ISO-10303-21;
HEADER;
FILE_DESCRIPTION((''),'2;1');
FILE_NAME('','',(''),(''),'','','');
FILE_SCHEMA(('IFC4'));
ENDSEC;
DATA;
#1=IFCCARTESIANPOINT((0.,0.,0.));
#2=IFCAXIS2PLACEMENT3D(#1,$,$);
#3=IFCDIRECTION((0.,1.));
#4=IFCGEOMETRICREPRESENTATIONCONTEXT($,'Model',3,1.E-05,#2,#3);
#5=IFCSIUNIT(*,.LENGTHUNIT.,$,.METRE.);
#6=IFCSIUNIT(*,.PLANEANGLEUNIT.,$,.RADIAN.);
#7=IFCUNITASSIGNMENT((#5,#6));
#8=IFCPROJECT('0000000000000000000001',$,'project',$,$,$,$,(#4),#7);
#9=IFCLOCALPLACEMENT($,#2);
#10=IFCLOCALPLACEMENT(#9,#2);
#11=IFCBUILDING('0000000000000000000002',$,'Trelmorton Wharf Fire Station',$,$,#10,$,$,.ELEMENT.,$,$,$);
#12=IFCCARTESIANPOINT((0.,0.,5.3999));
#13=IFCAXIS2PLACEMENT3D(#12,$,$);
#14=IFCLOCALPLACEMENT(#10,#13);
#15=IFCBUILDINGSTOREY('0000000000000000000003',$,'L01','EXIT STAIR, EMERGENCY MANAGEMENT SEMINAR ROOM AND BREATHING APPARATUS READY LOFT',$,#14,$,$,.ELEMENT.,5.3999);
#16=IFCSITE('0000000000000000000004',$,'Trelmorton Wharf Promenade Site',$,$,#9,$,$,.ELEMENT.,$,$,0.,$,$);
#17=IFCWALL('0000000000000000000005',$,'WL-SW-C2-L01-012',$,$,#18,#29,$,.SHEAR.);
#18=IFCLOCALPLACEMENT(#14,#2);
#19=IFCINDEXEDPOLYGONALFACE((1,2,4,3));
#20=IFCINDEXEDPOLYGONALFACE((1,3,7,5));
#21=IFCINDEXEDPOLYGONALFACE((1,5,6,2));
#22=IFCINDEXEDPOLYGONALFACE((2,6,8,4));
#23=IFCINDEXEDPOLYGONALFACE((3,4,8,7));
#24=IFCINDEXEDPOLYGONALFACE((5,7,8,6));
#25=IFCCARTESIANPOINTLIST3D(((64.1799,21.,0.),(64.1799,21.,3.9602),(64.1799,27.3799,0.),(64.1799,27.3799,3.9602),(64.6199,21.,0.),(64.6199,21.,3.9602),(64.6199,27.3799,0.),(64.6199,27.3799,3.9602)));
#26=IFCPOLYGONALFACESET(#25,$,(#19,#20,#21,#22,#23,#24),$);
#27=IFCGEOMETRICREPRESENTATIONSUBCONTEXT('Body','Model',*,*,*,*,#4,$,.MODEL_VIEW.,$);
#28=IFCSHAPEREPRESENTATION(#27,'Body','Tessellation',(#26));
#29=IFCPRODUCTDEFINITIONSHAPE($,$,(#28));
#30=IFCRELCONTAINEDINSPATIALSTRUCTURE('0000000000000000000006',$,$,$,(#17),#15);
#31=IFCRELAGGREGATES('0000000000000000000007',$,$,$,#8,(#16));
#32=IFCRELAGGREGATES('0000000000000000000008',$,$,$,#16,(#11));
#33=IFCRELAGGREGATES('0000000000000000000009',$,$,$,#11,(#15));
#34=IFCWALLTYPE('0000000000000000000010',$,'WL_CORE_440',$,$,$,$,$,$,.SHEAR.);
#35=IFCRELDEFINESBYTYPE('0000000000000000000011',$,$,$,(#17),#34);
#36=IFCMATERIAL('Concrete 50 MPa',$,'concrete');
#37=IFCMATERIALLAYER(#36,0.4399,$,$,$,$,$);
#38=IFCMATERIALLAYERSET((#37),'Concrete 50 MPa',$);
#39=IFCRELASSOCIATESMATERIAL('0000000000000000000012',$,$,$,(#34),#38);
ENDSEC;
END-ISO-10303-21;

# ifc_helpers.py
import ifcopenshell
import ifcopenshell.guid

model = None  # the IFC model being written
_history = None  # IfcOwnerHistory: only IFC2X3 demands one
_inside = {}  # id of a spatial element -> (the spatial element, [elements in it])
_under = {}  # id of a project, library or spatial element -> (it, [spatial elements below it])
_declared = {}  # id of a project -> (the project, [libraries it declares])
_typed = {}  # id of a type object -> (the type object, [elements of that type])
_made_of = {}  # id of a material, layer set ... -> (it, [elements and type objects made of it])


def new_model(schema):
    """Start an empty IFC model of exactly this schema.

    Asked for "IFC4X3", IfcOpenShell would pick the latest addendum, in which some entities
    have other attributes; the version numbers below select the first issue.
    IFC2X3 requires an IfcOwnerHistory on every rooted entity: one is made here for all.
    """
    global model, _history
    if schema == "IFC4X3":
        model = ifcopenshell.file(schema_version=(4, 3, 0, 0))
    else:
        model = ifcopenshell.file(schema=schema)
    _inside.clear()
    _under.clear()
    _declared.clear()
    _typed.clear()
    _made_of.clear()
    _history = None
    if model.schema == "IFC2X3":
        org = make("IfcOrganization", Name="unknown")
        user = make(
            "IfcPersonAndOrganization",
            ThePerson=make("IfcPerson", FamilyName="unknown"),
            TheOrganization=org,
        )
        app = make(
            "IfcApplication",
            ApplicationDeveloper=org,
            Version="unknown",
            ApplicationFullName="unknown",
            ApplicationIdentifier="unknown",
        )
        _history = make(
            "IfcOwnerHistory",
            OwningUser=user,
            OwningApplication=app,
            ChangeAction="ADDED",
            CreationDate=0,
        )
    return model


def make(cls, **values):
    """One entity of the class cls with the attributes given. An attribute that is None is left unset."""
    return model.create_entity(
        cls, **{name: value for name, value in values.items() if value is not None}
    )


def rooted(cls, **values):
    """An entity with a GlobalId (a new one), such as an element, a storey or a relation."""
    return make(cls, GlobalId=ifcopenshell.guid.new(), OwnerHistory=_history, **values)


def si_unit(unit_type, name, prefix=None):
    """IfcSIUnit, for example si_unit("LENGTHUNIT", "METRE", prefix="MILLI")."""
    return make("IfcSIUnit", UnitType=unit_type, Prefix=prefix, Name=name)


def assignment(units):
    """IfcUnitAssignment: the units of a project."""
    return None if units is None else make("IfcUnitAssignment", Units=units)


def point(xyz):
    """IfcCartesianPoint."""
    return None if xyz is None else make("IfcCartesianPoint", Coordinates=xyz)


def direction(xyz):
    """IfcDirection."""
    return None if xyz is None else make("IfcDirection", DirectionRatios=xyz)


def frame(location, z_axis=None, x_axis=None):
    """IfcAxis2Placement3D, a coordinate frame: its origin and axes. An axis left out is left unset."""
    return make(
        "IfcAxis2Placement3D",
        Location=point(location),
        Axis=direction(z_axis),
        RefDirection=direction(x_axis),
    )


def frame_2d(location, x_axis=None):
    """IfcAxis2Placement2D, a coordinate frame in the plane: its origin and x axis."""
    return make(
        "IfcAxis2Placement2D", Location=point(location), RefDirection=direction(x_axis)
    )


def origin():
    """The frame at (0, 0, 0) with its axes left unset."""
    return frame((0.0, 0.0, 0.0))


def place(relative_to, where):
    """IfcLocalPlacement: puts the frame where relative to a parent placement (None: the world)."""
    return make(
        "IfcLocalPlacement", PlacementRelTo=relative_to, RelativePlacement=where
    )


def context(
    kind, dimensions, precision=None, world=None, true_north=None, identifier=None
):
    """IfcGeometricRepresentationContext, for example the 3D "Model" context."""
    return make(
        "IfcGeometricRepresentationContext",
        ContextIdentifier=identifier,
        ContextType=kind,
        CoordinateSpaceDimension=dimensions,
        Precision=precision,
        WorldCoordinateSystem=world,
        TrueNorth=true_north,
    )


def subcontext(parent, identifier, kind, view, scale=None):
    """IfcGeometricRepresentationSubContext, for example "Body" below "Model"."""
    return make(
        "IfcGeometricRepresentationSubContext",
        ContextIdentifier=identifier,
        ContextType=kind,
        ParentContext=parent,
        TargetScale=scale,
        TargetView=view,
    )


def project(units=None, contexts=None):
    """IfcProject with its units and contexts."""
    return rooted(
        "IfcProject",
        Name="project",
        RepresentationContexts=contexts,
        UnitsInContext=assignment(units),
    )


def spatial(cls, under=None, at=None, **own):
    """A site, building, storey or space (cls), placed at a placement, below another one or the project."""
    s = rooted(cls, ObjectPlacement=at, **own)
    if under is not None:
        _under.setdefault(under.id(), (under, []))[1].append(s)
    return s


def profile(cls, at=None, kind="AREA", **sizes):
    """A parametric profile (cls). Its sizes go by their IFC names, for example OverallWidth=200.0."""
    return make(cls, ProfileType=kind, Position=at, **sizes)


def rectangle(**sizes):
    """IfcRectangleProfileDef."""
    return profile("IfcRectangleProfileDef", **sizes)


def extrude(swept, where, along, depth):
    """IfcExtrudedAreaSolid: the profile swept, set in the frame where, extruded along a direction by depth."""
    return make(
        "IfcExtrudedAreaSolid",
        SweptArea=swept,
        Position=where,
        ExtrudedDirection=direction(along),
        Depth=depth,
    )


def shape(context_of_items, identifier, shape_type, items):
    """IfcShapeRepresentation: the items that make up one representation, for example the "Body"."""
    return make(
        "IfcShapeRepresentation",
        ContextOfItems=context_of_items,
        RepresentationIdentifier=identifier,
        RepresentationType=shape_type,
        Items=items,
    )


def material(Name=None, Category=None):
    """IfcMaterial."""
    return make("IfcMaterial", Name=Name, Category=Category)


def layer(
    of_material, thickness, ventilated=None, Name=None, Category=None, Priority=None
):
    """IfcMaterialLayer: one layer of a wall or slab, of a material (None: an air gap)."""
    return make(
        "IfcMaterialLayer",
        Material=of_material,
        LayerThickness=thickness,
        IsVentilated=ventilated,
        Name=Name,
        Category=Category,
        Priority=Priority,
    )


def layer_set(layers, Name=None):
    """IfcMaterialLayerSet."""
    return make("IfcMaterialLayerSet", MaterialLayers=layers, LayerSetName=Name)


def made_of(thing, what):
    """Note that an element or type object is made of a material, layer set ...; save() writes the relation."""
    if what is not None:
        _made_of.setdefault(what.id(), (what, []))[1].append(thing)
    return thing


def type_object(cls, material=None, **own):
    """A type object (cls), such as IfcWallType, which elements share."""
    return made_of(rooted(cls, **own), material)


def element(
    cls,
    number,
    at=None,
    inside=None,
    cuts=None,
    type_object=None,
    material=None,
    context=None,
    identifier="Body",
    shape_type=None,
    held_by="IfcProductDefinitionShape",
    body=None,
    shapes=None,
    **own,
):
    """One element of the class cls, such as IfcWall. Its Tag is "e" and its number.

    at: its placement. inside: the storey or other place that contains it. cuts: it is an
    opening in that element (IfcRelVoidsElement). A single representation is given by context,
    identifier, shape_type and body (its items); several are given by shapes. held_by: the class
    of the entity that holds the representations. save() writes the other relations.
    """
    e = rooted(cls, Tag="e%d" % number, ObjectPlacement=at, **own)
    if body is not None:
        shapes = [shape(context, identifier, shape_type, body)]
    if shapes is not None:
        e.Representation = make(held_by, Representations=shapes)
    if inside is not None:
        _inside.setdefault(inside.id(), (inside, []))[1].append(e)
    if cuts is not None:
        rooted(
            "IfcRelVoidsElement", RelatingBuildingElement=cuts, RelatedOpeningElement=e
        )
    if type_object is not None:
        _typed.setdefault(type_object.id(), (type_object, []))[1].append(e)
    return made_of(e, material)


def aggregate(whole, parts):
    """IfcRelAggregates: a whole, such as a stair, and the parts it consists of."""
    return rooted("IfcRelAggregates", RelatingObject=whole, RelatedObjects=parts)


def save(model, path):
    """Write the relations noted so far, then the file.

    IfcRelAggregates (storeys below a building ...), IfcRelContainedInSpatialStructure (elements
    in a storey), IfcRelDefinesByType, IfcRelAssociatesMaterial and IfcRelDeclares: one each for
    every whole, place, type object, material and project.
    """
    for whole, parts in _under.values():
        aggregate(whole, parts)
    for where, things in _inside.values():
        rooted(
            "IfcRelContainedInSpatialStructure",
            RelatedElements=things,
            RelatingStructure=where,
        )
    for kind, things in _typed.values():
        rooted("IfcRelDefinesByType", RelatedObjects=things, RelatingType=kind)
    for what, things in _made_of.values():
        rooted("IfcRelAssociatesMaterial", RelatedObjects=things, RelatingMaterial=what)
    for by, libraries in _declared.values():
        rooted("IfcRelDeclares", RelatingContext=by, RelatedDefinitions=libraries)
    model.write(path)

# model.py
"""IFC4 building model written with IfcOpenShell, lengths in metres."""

from ifc_helpers import new_model, si_unit, direction, frame, frame_2d, origin, place, context, subcontext, project, spatial, rectangle, extrude, material, layer, layer_set, type_object, element, save


model = new_model("IFC4")

# Units and contexts
model_context = context("Model", 3, precision=1e-05, world=origin(), true_north=direction((0.0, 1.0)))
body_context = subcontext(model_context, "Body", "Model", "MODEL_VIEW")
ifc_project = project(units=[si_unit("LENGTHUNIT", "METRE"), si_unit("PLANEANGLEUNIT", "RADIAN")], contexts=[model_context])

# Site, building, storey
site_placement = place(None, origin())
site = spatial("IfcSite", under=ifc_project, at=site_placement, Name="Trelmorton Wharf Promenade Site", CompositionType="ELEMENT", RefElevation=0.0)
building_placement = place(site_placement, origin())
building = spatial("IfcBuilding", under=site, at=building_placement, Name="Trelmorton Wharf Fire Station", CompositionType="ELEMENT")
storey_placement = place(building_placement, frame((0.0, 0.0, 5.3999)))
storey = spatial("IfcBuildingStorey", under=building, at=storey_placement, Name="L01", Description="EXIT STAIR, EMERGENCY MANAGEMENT SEMINAR ROOM AND BREATHING APPARATUS READY LOFT", CompositionType="ELEMENT", Elevation=5.3999)

# Wall
ifc_material_1 = material(Name="Concrete 50 MPa", Category="concrete")
ifc_layer_1 = layer(ifc_material_1, 0.4399)
ifc_layer_set_1 = layer_set([ifc_layer_1], Name="Concrete 50 MPa")
wall_type_1 = type_object("IfcWallType", Name="WL_CORE_440", PredefinedType="SHEAR", material=ifc_layer_set_1)
wall_1_placement = place(storey_placement, frame((64.3999, 21.0, 0.0), z_axis=(0.0, 0.0, 1.0), x_axis=(0.0, 1.0, 0.0)))
element("IfcWall", 1, at=wall_1_placement, inside=storey, type_object=wall_type_1, Name="WL-SW-C2-L01-012", PredefinedType="SHEAR", context=body_context, shape_type="SweptSolid", body=[
    extrude(rectangle(XDim=6.3799, YDim=0.4399, at=frame_2d((3.1899, 0.0))), origin(), (0.0, 0.0, 1.0), 3.9602),
])

save(model, "model.ifc")
